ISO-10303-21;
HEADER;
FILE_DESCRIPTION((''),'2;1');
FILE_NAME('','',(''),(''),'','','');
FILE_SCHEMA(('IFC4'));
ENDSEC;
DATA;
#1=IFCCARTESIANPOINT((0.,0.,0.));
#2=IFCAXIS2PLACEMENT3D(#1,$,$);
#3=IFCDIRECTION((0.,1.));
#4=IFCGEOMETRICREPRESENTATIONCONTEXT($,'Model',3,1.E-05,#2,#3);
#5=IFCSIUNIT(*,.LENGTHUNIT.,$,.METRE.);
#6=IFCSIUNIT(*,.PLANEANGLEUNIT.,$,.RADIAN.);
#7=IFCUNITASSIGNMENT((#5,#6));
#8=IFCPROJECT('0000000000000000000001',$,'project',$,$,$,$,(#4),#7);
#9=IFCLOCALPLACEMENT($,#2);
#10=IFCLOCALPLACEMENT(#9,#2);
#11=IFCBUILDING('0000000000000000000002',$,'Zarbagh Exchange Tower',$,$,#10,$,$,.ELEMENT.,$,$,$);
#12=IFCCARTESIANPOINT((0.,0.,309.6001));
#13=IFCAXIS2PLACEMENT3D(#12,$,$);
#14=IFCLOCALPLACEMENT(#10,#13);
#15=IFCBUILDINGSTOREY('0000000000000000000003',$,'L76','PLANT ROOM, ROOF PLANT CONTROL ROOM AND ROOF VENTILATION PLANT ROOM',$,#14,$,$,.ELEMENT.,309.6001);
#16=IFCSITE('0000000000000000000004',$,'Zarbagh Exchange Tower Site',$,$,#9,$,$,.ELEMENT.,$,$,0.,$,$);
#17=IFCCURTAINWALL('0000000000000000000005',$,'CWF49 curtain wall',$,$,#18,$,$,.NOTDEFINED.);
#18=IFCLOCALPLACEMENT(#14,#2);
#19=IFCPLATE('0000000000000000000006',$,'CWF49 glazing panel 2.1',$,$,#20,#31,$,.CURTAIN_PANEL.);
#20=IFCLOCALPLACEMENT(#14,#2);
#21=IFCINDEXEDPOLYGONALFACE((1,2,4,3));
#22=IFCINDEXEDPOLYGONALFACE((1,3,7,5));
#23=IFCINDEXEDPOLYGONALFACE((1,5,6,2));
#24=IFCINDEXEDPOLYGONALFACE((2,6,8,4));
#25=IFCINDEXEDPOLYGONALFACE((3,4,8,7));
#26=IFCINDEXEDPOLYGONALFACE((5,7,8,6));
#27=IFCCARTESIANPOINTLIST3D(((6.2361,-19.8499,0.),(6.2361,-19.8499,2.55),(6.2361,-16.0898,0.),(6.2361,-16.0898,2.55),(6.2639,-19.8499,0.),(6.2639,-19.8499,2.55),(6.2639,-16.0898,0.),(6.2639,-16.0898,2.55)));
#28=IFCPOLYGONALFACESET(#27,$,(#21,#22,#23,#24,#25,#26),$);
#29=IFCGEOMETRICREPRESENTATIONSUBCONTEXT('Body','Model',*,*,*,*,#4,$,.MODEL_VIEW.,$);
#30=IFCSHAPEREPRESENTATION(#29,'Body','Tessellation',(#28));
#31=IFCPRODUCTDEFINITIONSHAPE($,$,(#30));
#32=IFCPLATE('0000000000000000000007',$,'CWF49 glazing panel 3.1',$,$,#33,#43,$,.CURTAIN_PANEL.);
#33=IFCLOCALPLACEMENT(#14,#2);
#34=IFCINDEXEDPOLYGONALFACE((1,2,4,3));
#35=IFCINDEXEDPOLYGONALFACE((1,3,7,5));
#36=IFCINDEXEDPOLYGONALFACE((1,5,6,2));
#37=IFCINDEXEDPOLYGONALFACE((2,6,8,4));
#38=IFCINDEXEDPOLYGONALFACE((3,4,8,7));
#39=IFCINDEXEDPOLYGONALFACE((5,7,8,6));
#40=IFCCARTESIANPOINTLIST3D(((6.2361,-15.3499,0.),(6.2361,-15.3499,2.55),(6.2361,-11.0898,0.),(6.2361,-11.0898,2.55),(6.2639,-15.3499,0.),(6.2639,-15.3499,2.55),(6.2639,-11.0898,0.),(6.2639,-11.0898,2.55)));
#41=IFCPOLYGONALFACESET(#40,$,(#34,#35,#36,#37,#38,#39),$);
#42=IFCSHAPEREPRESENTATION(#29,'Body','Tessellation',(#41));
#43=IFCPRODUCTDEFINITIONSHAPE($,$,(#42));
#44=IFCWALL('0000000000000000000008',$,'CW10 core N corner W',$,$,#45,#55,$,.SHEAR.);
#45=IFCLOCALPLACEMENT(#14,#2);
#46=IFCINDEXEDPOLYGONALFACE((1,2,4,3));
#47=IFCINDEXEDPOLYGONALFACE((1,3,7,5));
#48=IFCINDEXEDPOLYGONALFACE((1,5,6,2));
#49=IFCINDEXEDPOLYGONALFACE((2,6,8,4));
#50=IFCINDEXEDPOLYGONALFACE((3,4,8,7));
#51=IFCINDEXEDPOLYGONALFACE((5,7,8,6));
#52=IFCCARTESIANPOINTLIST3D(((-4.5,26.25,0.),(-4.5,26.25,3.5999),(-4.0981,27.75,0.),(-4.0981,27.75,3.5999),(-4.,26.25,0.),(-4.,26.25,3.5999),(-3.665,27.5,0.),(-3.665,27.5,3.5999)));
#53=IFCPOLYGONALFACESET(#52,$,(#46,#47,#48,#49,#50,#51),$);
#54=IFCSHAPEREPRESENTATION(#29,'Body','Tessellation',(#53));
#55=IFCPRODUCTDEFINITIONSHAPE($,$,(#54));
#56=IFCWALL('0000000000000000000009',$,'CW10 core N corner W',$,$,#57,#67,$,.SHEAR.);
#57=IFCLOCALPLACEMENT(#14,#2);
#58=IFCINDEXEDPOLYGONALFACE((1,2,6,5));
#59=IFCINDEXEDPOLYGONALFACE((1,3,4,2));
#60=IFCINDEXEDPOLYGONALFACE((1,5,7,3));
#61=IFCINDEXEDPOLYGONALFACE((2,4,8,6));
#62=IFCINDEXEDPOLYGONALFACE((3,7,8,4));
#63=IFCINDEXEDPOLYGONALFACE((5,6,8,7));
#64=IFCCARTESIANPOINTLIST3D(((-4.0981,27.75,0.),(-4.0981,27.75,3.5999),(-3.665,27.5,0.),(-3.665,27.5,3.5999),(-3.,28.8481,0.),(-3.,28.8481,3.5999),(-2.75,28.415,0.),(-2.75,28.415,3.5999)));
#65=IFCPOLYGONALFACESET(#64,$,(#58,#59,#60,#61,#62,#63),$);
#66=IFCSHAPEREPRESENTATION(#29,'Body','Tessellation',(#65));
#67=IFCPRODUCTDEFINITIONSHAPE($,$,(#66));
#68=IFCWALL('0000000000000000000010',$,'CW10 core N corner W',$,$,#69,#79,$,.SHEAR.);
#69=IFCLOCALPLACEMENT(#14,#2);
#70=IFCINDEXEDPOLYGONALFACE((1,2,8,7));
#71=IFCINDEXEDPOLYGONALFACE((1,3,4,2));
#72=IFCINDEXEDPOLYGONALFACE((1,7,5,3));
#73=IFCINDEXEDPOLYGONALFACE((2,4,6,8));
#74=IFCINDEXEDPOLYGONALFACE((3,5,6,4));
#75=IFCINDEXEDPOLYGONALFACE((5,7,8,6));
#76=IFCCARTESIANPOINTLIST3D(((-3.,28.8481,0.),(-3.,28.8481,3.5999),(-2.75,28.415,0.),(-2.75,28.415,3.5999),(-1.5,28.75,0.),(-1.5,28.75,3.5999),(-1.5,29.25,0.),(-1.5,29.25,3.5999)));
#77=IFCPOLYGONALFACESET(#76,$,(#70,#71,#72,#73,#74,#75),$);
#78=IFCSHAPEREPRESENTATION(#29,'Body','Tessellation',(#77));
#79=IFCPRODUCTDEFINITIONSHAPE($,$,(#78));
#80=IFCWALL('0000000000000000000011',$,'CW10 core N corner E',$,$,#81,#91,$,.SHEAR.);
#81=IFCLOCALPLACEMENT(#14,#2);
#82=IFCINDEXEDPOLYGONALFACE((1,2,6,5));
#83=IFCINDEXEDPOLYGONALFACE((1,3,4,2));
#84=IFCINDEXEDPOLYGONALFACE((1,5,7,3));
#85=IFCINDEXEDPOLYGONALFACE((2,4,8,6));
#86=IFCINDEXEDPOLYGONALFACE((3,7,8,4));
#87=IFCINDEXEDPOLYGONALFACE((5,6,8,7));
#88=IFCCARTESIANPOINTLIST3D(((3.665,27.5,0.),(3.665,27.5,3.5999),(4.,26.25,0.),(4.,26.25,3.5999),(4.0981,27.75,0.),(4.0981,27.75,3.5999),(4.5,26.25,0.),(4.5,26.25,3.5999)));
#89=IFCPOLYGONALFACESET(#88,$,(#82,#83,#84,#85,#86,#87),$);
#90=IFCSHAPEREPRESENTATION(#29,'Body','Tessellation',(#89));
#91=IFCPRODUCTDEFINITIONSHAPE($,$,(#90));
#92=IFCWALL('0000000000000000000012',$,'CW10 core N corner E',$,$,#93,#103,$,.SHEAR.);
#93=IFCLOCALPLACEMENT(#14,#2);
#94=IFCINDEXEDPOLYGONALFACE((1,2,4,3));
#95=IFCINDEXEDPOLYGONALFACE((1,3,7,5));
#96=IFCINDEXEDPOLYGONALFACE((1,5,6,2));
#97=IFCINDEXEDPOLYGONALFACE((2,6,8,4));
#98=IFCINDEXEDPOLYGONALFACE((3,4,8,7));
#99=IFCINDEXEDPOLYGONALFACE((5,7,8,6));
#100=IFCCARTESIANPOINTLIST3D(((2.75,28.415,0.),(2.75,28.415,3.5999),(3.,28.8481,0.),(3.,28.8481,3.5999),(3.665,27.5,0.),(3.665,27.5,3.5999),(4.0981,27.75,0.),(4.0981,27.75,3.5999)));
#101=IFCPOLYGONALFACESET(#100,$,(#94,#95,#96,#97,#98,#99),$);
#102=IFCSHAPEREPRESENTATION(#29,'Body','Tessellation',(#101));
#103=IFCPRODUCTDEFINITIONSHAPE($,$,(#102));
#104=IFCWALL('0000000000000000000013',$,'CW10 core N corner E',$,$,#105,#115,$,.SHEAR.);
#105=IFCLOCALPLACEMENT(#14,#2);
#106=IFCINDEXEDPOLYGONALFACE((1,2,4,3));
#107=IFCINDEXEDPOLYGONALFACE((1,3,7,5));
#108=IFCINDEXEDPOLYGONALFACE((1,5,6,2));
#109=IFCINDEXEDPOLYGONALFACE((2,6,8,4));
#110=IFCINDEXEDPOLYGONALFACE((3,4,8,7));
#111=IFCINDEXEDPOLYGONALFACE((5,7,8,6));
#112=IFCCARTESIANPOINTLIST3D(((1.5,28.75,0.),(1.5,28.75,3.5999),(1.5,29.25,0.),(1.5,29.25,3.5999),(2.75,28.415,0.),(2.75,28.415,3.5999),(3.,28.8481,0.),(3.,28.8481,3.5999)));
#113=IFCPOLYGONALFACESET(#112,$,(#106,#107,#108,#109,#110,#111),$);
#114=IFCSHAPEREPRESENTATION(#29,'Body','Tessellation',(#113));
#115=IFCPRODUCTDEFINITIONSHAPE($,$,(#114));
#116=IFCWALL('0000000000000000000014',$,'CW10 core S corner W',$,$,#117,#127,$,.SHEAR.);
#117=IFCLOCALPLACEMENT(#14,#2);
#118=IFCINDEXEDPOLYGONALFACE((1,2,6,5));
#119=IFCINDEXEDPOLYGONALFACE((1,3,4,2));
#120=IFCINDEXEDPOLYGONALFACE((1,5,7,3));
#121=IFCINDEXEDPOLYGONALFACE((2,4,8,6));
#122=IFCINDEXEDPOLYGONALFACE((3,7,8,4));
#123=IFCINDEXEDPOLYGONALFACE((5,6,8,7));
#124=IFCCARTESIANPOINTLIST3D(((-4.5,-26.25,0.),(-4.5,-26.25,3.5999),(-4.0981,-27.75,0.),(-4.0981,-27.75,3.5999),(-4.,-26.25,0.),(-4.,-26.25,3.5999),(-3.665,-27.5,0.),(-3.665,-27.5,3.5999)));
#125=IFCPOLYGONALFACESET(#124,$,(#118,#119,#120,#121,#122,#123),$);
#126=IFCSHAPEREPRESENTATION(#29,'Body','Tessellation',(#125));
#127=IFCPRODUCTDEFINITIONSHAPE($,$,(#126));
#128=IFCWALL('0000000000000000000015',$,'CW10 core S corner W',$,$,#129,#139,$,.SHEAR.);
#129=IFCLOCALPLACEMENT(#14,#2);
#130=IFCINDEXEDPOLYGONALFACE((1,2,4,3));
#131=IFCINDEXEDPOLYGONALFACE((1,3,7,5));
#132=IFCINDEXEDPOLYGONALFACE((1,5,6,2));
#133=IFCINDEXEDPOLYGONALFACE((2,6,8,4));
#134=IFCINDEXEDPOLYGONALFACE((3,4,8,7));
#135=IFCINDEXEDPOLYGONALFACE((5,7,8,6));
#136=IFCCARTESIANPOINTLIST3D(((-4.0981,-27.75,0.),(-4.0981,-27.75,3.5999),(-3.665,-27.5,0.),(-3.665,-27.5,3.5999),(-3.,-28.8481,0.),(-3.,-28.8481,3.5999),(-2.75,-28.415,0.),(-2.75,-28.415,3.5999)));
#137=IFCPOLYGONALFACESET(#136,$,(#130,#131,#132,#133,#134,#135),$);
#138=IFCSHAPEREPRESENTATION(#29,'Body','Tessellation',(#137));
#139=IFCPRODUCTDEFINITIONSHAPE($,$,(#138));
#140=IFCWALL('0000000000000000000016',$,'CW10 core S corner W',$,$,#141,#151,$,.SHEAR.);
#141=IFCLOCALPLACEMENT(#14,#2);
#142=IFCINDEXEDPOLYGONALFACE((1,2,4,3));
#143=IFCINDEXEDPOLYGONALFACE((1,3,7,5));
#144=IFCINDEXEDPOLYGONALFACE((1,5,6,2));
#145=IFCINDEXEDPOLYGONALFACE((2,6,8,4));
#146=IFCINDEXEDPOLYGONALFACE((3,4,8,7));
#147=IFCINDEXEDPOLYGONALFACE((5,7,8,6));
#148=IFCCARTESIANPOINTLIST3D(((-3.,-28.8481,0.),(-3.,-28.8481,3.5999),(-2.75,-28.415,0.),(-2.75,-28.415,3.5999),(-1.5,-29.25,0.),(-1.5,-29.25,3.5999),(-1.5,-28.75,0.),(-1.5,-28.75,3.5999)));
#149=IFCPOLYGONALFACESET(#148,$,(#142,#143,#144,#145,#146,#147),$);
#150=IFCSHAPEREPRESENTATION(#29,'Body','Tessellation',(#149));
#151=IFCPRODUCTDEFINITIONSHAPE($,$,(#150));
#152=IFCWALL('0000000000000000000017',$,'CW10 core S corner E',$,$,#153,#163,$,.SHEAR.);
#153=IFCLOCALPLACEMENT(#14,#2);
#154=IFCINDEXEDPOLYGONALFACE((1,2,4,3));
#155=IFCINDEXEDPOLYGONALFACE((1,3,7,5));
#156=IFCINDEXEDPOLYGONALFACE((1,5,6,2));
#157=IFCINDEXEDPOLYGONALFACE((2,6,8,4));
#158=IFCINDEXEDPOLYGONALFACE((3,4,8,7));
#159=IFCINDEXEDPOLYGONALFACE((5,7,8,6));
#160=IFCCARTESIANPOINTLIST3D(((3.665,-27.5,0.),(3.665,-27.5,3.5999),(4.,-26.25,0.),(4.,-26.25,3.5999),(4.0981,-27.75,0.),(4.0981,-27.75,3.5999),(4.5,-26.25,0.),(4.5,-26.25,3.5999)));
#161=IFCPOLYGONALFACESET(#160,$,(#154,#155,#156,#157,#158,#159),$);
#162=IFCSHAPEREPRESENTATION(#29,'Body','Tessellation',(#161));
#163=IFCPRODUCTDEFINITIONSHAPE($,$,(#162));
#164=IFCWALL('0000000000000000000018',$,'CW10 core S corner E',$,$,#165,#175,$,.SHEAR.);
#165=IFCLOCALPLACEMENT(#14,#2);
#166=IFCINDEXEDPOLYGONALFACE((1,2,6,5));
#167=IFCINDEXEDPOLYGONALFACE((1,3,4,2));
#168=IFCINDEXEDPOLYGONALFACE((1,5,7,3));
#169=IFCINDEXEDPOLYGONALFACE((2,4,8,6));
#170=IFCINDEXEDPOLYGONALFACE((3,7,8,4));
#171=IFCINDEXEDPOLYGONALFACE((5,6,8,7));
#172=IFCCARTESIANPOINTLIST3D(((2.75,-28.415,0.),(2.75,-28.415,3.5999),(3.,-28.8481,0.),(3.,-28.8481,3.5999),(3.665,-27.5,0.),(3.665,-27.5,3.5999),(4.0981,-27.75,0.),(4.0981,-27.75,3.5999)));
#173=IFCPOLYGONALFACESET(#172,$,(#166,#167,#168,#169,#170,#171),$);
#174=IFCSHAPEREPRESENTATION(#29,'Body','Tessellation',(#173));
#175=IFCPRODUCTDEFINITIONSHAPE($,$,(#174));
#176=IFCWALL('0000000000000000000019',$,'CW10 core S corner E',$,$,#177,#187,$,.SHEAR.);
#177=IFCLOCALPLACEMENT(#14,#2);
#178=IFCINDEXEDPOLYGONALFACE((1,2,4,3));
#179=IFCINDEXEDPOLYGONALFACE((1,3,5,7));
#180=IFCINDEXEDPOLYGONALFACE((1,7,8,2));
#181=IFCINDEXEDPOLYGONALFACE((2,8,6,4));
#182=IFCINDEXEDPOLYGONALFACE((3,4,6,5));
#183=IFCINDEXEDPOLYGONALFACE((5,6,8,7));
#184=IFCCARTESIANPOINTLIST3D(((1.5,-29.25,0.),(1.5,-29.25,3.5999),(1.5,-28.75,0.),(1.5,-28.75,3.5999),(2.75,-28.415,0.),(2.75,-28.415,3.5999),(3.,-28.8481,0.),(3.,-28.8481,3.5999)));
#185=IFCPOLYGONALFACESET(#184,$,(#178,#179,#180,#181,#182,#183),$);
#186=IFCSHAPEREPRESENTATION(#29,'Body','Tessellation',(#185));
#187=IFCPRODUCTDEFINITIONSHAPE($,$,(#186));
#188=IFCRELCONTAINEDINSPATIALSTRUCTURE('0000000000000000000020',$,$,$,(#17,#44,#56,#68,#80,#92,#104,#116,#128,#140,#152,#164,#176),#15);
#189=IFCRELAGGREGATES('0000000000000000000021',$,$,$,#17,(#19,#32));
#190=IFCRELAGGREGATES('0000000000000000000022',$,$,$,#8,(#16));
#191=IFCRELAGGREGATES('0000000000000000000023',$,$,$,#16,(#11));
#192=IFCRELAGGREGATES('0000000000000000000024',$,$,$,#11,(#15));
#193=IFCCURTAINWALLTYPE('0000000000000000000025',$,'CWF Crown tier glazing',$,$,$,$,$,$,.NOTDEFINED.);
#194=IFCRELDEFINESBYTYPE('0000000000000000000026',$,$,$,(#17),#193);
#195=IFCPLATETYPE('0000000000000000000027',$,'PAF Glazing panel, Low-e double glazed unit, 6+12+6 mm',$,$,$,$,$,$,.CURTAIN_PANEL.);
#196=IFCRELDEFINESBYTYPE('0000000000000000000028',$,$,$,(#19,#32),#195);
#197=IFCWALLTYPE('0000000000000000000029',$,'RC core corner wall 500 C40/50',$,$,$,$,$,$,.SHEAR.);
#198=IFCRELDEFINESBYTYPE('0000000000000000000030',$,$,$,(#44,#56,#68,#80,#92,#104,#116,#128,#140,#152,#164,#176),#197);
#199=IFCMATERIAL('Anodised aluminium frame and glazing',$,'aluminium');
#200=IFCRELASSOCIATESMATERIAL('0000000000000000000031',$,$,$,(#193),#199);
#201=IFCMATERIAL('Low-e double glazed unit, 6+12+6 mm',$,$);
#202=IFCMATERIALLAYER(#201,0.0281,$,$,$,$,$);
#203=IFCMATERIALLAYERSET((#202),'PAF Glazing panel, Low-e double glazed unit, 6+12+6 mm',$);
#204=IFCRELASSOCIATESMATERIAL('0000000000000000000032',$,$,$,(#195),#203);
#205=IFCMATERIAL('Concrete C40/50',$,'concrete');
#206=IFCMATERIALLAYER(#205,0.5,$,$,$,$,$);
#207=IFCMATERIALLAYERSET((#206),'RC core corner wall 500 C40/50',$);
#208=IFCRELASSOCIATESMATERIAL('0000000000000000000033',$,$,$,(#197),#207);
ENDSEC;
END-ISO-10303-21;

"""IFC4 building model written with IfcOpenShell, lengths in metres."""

from ifc_helpers import new_model, si_unit, direction, frame, origin, place, context, subcontext, project, spatial, polyline, outline, extrude, source, transform, mapped, material, layer, layer_set, type_object, element, aggregate, save


model = new_model("IFC4")

# Units and contexts
model_context = context("Model", 3, precision=1e-05, world=origin(), true_north=direction((0.0, 1.0)))
body_context = subcontext(model_context, "Body", "Model", "MODEL_VIEW")
ifc_project = project(units=[si_unit("LENGTHUNIT", "METRE"), si_unit("PLANEANGLEUNIT", "RADIAN")], contexts=[model_context])

# Site, building, storey
site_placement = place(None, origin())
site = spatial("IfcSite", under=ifc_project, at=site_placement, Name="Zarbagh Exchange Tower Site", CompositionType="ELEMENT", RefElevation=0.0)
building_placement = place(site_placement, origin())
building = spatial("IfcBuilding", under=site, at=building_placement, Name="Zarbagh Exchange Tower", CompositionType="ELEMENT")
storey_placement = place(building_placement, frame((0.0, 0.0, 309.6001)))
storey = spatial("IfcBuildingStorey", under=building, at=storey_placement, Name="L76", Description="PLANT ROOM, ROOF PLANT CONTROL ROOM AND ROOF VENTILATION PLANT ROOM", CompositionType="ELEMENT", Elevation=309.6001)

# Curtain wall
ifc_material_1 = material(Name="Anodised aluminium frame and glazing", Category="aluminium")
curtain_wall_type = type_object("IfcCurtainWallType", Name="CWF Crown tier glazing", PredefinedType="NOTDEFINED", material=ifc_material_1)
curtain_wall_1_placement = place(storey_placement, origin())
curtain_wall_1 = element("IfcCurtainWall", 1, at=curtain_wall_1_placement, inside=storey, type_object=curtain_wall_type, Name="CWF49 curtain wall", PredefinedType="NOTDEFINED")
placement = place(storey_placement, origin())

# Shared definitions
ifc_material_2 = material(Name="Concrete C40/50", Category="concrete")

# Shared definitions
ifc_material_3 = material(Name="Low-e double glazed unit, 6+12+6 mm")
ifc_layer_1 = layer(ifc_material_3, 0.0281)
ifc_layer_set_1 = layer_set([ifc_layer_1], Name="PAF Glazing panel, Low-e double glazed unit, 6+12+6 mm")
plate_type = type_object("IfcPlateType", Name="PAF Glazing panel, Low-e double glazed unit, 6+12+6 mm", PredefinedType="CURTAIN_PANEL", material=ifc_layer_set_1)

# Plates
shared_shape_1 = source(origin(), body_context, "Body", "SweptSolid", [
    extrude(outline(polyline([(0.0, -0.0139), (3.76, -0.0139), (3.76, 0.0139), (0.0, 0.0139), (0.0, -0.0139)])), origin(), (0.0, 0.0, 1.0), 2.55),
])
plate_1 = element("IfcPlate", 2, at=placement, type_object=plate_type, Name="CWF49 glazing panel 2.1", PredefinedType="CURTAIN_PANEL", context=body_context, shape_type="MappedRepresentation", body=[
    mapped(shared_shape_1, transform((6.25, -19.8499, 0.0), x_axis=(0.0, 1.0, 0.0), y_axis=(-1.0, 0.0, 0.0), z_axis=(0.0, 0.0, 1.0))),
])
shared_shape_2 = source(origin(), body_context, "Body", "SweptSolid", [
    extrude(outline(polyline([(0.0, -0.0139), (4.26, -0.0139), (4.26, 0.0139), (0.0, 0.0139), (0.0, -0.0139)])), origin(), (0.0, 0.0, 1.0), 2.55),
])
plate_2 = element("IfcPlate", 3, at=placement, type_object=plate_type, Name="CWF49 glazing panel 3.1", PredefinedType="CURTAIN_PANEL", context=body_context, shape_type="MappedRepresentation", body=[
    mapped(shared_shape_2, transform((6.25, -15.3499, 0.0), x_axis=(0.0, 1.0, 0.0), y_axis=(-1.0, 0.0, 0.0), z_axis=(0.0, 0.0, 1.0))),
])
aggregate(curtain_wall_1, [plate_1, plate_2])

# Walls
ifc_layer_2 = layer(ifc_material_2, 0.5)
ifc_layer_set_2 = layer_set([ifc_layer_2], Name="RC core corner wall 500 C40/50")
wall_type = type_object("IfcWallType", Name="RC core corner wall 500 C40/50", PredefinedType="SHEAR", material=ifc_layer_set_2)
wall_1_placement = place(storey_placement, origin())
element("IfcWall", 4, at=wall_1_placement, inside=storey, type_object=wall_type, Name="CW10 core N corner W", PredefinedType="SHEAR", context=body_context, shape_type="SweptSolid", body=[
    extrude(outline(polyline([(-4.5, 26.25), (-4.0981, 27.75), (-3.665, 27.5), (-4.0, 26.25), (-4.5, 26.25)])), origin(), (0.0, 0.0, 1.0), 3.5999),
])
wall_2_placement = place(storey_placement, origin())
element("IfcWall", 5, at=wall_2_placement, inside=storey, type_object=wall_type, Name="CW10 core N corner W", PredefinedType="SHEAR", context=body_context, shape_type="SweptSolid", body=[
    extrude(outline(polyline([(-4.0981, 27.75), (-3.0, 28.8481), (-2.75, 28.415), (-3.665, 27.5), (-4.0981, 27.75)])), origin(), (0.0, 0.0, 1.0), 3.5999),
])
wall_3_placement = place(storey_placement, origin())
element("IfcWall", 6, at=wall_3_placement, inside=storey, type_object=wall_type, Name="CW10 core N corner W", PredefinedType="SHEAR", context=body_context, shape_type="SweptSolid", body=[
    extrude(outline(polyline([(-3.0, 28.8481), (-1.5, 29.25), (-1.5, 28.75), (-2.75, 28.415), (-3.0, 28.8481)])), origin(), (0.0, 0.0, 1.0), 3.5999),
])
wall_4_placement = place(storey_placement, origin())
element("IfcWall", 7, at=wall_4_placement, inside=storey, type_object=wall_type, Name="CW10 core N corner E", PredefinedType="SHEAR", context=body_context, shape_type="SweptSolid", body=[
    extrude(outline(polyline([(4.5, 26.25), (4.0981, 27.75), (3.665, 27.5), (4.0, 26.25), (4.5, 26.25)])), origin(), (0.0, 0.0, 1.0), 3.5999),
])
wall_5_placement = place(storey_placement, origin())
element("IfcWall", 8, at=wall_5_placement, inside=storey, type_object=wall_type, Name="CW10 core N corner E", PredefinedType="SHEAR", context=body_context, shape_type="SweptSolid", body=[
    extrude(outline(polyline([(4.0981, 27.75), (3.0, 28.8481), (2.75, 28.415), (3.665, 27.5), (4.0981, 27.75)])), origin(), (0.0, 0.0, 1.0), 3.5999),
])
wall_6_placement = place(storey_placement, origin())
element("IfcWall", 9, at=wall_6_placement, inside=storey, type_object=wall_type, Name="CW10 core N corner E", PredefinedType="SHEAR", context=body_context, shape_type="SweptSolid", body=[
    extrude(outline(polyline([(3.0, 28.8481), (1.5, 29.25), (1.5, 28.75), (2.75, 28.415), (3.0, 28.8481)])), origin(), (0.0, 0.0, 1.0), 3.5999),
])
wall_7_placement = place(storey_placement, origin())
element("IfcWall", 10, at=wall_7_placement, inside=storey, type_object=wall_type, Name="CW10 core S corner W", PredefinedType="SHEAR", context=body_context, shape_type="SweptSolid", body=[
    extrude(outline(polyline([(-4.5, -26.25), (-4.0981, -27.75), (-3.665, -27.5), (-4.0, -26.25), (-4.5, -26.25)])), origin(), (0.0, 0.0, 1.0), 3.5999),
])
wall_8_placement = place(storey_placement, origin())
element("IfcWall", 11, at=wall_8_placement, inside=storey, type_object=wall_type, Name="CW10 core S corner W", PredefinedType="SHEAR", context=body_context, shape_type="SweptSolid", body=[
    extrude(outline(polyline([(-4.0981, -27.75), (-3.0, -28.8481), (-2.75, -28.415), (-3.665, -27.5), (-4.0981, -27.75)])), origin(), (0.0, 0.0, 1.0), 3.5999),
])
wall_9_placement = place(storey_placement, origin())
element("IfcWall", 12, at=wall_9_placement, inside=storey, type_object=wall_type, Name="CW10 core S corner W", PredefinedType="SHEAR", context=body_context, shape_type="SweptSolid", body=[
    extrude(outline(polyline([(-3.0, -28.8481), (-1.5, -29.25), (-1.5, -28.75), (-2.75, -28.415), (-3.0, -28.8481)])), origin(), (0.0, 0.0, 1.0), 3.5999),
])
wall_10_placement = place(storey_placement, origin())
element("IfcWall", 13, at=wall_10_placement, inside=storey, type_object=wall_type, Name="CW10 core S corner E", PredefinedType="SHEAR", context=body_context, shape_type="SweptSolid", body=[
    extrude(outline(polyline([(4.5, -26.25), (4.0981, -27.75), (3.665, -27.5), (4.0, -26.25), (4.5, -26.25)])), origin(), (0.0, 0.0, 1.0), 3.5999),
])
wall_11_placement = place(storey_placement, origin())
element("IfcWall", 14, at=wall_11_placement, inside=storey, type_object=wall_type, Name="CW10 core S corner E", PredefinedType="SHEAR", context=body_context, shape_type="SweptSolid", body=[
    extrude(outline(polyline([(4.0981, -27.75), (3.0, -28.8481), (2.75, -28.415), (3.665, -27.5), (4.0981, -27.75)])), origin(), (0.0, 0.0, 1.0), 3.5999),
])
wall_12_placement = place(storey_placement, origin())
element("IfcWall", 15, at=wall_12_placement, inside=storey, type_object=wall_type, Name="CW10 core S corner E", PredefinedType="SHEAR", context=body_context, shape_type="SweptSolid", body=[
    extrude(outline(polyline([(3.0, -28.8481), (1.5, -29.25), (1.5, -28.75), (2.75, -28.415), (3.0, -28.8481)])), origin(), (0.0, 0.0, 1.0), 3.5999),
])

save(model, "model.ifc")
